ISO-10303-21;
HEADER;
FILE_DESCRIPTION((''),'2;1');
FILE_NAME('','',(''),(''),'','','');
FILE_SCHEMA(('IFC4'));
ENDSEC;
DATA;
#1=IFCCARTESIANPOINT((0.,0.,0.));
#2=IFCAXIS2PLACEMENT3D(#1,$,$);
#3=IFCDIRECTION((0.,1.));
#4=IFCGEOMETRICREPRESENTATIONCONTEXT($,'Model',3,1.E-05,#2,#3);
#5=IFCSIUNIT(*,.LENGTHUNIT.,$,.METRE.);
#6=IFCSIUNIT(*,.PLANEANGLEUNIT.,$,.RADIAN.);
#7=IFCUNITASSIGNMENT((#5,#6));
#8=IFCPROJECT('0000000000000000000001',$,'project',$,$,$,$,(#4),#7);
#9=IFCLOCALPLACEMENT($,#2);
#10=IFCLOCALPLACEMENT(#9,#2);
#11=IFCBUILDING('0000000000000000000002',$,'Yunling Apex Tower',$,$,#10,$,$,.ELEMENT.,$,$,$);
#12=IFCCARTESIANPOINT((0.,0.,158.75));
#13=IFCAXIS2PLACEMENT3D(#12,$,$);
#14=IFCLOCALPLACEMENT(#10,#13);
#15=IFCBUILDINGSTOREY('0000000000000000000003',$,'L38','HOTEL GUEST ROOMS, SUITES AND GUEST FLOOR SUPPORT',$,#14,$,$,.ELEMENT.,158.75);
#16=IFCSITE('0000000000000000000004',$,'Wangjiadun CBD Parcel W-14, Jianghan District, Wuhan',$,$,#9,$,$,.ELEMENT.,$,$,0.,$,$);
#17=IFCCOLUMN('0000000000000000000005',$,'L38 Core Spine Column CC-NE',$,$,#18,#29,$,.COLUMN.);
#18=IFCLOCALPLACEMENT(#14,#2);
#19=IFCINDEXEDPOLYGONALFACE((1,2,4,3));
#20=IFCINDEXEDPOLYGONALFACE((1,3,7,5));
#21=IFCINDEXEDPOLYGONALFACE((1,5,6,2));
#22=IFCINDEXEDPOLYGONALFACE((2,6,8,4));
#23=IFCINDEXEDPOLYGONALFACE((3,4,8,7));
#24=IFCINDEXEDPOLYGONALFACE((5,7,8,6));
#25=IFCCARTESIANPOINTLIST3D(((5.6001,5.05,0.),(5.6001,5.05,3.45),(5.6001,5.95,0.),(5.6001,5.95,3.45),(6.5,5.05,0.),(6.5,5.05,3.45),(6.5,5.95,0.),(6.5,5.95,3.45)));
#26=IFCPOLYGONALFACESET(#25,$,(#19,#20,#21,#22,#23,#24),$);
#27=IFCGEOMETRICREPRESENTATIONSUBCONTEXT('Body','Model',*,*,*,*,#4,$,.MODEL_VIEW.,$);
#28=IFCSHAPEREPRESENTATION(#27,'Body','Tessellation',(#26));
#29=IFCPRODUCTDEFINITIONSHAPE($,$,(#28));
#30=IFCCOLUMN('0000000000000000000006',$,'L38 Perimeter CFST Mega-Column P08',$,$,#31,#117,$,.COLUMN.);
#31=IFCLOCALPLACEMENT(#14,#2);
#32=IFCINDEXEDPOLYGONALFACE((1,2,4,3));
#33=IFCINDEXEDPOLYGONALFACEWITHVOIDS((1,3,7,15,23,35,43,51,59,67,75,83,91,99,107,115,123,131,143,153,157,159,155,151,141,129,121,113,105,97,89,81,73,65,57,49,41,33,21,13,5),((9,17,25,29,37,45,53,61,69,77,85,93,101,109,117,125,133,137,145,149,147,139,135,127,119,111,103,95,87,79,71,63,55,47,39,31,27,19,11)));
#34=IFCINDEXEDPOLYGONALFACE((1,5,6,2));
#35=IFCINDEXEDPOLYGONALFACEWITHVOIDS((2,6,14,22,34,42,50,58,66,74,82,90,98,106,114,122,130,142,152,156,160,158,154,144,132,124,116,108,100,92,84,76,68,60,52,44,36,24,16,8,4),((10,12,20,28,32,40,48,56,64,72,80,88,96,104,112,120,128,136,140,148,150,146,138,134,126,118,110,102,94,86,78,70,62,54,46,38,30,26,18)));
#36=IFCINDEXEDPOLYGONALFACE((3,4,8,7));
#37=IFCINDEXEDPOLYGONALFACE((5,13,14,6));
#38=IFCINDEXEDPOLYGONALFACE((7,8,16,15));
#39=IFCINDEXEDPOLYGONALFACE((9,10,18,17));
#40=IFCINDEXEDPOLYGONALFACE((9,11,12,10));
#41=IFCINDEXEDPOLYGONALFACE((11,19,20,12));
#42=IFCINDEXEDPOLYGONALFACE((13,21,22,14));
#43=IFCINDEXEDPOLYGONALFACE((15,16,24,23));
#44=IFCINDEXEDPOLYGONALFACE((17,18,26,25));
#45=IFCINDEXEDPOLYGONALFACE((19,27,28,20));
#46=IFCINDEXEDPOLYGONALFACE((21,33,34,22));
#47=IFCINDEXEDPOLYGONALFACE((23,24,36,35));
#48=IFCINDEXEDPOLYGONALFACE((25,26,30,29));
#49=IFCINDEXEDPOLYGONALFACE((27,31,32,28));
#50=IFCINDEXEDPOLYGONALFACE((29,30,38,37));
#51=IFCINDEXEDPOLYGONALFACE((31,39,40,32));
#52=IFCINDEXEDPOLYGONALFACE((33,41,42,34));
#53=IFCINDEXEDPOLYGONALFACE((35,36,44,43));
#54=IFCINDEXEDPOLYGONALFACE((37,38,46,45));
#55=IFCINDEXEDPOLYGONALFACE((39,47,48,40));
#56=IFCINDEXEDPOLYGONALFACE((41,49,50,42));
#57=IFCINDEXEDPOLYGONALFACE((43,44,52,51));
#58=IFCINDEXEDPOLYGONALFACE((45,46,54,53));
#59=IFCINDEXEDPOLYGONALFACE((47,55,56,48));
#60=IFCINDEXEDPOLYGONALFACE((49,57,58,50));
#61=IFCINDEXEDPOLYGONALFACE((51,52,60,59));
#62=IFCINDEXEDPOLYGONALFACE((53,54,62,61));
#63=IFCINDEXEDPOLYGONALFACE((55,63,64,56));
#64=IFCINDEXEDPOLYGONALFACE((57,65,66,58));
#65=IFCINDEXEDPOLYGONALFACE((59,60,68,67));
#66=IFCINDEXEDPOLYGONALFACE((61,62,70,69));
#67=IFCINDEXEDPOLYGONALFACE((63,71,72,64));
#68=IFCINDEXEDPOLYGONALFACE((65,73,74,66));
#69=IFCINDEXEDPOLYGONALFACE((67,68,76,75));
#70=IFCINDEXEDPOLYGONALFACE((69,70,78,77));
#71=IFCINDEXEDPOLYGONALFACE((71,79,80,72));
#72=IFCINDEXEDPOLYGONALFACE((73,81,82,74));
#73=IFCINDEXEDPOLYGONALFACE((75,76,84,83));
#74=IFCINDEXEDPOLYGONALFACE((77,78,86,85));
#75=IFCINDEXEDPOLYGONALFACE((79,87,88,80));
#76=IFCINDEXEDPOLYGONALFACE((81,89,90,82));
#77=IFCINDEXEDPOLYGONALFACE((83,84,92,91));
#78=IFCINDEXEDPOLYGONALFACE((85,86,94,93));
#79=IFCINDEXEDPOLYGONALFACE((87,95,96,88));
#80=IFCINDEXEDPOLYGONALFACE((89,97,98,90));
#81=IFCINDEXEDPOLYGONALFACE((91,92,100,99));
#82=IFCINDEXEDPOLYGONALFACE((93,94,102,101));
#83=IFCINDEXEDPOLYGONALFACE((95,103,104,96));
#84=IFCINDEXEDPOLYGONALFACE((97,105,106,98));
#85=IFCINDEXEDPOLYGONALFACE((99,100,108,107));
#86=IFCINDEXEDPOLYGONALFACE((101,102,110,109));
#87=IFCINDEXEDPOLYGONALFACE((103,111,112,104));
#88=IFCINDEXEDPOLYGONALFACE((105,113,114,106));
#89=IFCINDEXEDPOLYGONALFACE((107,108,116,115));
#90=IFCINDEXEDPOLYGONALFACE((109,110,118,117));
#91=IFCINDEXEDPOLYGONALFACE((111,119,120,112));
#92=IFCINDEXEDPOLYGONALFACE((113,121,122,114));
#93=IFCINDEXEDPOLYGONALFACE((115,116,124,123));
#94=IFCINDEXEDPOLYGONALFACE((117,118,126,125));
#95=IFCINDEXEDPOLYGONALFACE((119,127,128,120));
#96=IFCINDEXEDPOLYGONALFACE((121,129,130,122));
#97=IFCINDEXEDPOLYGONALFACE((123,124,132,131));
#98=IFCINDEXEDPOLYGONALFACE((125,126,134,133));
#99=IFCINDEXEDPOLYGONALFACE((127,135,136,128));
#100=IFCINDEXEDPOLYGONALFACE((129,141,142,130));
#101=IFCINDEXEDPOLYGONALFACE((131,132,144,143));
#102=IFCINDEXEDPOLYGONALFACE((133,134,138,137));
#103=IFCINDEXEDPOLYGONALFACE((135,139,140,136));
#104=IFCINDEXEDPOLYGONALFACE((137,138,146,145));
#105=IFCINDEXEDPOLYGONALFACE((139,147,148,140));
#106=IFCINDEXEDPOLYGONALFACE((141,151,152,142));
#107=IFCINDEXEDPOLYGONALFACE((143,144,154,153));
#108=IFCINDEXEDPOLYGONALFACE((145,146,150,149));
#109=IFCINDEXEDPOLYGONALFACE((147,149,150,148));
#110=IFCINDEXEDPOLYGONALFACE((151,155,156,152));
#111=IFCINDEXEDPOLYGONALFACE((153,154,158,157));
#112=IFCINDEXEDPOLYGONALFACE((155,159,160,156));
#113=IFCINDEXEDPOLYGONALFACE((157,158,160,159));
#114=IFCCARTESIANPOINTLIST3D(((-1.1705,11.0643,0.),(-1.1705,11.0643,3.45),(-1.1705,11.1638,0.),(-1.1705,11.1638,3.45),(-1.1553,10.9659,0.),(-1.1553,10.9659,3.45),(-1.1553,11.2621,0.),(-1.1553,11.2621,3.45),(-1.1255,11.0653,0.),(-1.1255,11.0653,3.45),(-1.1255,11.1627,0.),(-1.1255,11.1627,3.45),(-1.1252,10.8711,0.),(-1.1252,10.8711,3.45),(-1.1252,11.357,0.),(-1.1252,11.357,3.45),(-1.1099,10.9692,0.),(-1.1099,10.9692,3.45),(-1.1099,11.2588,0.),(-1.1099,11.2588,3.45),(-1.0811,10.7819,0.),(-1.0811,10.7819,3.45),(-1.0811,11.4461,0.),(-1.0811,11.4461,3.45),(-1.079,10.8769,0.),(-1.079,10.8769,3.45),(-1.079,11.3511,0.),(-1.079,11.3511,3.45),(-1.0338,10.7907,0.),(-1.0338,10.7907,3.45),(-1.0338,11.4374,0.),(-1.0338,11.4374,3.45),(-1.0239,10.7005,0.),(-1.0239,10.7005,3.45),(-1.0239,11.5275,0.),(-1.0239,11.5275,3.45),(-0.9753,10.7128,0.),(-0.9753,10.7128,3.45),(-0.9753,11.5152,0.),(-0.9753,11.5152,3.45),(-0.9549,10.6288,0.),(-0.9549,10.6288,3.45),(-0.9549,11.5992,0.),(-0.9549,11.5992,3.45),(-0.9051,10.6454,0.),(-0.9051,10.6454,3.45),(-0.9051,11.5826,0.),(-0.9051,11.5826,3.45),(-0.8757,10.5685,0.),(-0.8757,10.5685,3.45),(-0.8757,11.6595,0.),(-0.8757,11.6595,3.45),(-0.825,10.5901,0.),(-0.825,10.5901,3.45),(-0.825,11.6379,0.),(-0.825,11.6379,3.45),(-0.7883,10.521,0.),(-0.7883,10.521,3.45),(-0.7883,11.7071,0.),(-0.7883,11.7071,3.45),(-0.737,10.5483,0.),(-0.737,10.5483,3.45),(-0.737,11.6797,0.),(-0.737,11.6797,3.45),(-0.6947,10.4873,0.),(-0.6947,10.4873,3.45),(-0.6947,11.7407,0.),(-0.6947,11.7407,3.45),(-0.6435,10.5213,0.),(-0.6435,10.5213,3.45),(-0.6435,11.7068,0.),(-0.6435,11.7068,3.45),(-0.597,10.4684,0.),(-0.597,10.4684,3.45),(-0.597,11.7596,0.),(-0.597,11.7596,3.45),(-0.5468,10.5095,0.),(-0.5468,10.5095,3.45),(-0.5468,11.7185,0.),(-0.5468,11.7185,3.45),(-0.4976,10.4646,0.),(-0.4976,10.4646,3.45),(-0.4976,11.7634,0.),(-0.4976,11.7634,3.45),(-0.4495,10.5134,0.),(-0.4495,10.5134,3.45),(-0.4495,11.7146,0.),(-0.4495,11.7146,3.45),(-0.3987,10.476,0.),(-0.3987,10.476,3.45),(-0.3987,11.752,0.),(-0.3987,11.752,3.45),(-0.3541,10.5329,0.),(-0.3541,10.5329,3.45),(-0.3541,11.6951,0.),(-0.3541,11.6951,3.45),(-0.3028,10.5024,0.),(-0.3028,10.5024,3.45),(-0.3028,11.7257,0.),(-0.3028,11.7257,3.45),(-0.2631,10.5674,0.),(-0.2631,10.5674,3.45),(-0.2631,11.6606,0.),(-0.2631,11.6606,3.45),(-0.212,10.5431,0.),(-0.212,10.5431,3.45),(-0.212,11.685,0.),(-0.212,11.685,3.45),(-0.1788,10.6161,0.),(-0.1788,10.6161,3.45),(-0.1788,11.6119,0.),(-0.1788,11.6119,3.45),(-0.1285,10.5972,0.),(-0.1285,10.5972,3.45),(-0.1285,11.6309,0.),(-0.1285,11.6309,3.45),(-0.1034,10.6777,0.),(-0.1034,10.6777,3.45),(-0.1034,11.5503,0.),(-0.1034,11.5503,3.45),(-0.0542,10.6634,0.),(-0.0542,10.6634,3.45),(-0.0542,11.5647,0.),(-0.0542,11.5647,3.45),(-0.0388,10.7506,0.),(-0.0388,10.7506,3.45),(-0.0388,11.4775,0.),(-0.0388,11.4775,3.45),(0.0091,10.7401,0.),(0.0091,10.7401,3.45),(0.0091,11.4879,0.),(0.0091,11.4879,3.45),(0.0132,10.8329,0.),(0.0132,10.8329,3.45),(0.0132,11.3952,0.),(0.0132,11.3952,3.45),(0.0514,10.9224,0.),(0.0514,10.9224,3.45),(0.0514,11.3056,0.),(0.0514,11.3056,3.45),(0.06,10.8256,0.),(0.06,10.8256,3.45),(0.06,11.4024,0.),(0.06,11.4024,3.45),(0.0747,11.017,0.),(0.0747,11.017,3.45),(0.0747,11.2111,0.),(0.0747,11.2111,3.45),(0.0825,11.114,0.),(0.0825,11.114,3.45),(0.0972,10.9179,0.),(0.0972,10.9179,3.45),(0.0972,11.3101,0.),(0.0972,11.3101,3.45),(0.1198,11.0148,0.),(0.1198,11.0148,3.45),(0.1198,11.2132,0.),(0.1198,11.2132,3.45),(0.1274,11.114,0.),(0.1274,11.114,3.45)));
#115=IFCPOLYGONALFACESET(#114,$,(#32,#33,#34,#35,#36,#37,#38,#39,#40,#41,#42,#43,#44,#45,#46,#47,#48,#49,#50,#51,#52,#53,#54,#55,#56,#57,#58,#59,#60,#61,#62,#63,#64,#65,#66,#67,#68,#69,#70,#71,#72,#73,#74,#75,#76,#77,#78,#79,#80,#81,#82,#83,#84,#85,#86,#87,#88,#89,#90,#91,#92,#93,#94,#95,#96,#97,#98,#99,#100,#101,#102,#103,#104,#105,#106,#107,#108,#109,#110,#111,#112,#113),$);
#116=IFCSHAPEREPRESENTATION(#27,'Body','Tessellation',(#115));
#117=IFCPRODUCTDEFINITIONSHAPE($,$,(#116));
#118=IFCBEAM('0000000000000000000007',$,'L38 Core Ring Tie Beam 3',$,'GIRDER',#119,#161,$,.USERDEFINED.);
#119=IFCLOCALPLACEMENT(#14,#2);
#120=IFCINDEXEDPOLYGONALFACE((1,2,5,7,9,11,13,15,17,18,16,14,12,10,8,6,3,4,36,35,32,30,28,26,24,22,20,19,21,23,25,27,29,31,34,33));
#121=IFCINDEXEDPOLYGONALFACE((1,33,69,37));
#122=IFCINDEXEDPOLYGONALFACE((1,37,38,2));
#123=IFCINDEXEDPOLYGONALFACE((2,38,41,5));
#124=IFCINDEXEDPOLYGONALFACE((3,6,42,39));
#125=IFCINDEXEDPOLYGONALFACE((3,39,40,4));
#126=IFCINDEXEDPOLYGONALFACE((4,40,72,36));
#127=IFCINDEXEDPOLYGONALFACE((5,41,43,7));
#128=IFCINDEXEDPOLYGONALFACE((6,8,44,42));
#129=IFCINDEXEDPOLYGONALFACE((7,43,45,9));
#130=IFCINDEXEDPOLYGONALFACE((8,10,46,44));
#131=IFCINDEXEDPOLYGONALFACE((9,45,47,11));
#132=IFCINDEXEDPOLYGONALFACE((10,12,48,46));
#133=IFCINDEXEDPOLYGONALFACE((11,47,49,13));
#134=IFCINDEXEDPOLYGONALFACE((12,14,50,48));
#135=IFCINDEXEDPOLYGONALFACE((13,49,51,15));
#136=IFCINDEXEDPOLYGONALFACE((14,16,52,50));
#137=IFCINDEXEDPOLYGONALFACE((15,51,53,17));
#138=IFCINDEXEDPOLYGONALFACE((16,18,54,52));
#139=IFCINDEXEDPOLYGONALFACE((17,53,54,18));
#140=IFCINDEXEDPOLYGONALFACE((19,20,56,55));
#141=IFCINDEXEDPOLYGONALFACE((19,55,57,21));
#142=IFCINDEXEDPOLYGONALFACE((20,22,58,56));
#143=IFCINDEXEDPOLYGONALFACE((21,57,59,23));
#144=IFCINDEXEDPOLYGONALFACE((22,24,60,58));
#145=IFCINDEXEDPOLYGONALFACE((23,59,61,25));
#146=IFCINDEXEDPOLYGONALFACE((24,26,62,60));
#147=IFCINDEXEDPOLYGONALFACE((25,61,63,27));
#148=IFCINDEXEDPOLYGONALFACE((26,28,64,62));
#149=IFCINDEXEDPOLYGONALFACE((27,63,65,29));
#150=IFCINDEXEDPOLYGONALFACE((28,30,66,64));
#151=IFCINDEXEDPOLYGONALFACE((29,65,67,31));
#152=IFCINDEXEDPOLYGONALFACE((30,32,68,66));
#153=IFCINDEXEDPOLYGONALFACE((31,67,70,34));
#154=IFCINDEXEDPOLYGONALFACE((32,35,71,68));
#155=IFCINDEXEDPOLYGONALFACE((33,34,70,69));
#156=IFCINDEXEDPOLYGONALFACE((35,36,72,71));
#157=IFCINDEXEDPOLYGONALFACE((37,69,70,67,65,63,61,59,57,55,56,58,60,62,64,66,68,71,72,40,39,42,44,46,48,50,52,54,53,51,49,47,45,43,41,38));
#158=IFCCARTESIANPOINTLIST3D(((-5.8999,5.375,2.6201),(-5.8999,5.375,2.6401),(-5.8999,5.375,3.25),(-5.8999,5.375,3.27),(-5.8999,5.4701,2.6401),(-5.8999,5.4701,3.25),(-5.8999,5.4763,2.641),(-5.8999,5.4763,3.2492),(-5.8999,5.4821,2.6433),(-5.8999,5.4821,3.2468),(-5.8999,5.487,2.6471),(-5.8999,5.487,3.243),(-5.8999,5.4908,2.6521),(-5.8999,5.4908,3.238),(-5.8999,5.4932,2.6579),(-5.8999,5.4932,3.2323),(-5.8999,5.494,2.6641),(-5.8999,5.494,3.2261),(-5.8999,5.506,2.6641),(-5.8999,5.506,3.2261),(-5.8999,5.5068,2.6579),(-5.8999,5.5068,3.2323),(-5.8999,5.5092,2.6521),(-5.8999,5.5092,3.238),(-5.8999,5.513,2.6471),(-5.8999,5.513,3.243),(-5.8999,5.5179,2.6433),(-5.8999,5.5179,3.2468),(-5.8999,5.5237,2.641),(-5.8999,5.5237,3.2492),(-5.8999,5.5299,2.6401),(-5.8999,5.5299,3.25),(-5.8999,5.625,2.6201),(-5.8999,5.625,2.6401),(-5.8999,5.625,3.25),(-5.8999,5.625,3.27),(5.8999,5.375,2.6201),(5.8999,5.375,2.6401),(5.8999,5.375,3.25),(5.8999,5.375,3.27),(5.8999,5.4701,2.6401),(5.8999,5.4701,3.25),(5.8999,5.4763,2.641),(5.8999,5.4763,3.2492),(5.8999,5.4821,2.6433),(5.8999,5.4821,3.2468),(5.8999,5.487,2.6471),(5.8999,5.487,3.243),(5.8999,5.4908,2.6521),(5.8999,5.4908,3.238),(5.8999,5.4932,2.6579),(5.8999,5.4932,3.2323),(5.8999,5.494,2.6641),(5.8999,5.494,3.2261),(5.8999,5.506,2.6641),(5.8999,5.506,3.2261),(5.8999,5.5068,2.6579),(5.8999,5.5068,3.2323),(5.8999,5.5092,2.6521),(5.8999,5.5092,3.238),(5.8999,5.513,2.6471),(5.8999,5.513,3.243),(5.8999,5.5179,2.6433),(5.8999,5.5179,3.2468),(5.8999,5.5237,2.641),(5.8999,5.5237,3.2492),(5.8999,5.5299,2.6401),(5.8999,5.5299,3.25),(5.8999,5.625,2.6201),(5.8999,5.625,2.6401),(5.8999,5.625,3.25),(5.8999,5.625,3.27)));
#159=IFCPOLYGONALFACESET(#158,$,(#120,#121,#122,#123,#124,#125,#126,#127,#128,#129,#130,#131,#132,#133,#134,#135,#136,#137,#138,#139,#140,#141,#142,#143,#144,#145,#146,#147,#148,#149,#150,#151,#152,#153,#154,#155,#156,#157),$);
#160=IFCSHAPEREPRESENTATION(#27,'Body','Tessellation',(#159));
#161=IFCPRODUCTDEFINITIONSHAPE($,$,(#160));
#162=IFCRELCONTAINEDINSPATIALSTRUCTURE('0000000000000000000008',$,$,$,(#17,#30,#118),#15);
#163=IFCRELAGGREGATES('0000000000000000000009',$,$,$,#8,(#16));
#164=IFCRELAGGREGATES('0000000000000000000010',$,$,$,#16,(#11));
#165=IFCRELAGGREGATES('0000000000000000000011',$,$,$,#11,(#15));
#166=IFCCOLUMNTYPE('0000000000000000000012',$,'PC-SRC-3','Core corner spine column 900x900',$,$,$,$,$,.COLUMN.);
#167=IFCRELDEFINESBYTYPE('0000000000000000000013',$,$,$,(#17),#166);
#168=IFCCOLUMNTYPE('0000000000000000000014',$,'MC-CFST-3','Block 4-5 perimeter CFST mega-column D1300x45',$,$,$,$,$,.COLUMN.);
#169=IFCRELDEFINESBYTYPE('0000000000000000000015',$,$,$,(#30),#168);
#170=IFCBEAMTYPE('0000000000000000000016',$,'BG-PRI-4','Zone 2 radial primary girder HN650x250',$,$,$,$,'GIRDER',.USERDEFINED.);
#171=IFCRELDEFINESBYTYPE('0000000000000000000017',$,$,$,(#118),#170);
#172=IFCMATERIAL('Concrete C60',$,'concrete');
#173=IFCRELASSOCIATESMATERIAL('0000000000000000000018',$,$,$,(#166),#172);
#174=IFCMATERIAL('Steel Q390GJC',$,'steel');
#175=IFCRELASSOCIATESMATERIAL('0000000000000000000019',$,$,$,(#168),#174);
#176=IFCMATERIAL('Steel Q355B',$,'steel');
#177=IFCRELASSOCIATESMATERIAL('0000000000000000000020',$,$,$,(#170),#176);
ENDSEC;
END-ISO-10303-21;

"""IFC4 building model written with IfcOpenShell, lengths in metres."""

from ifc_helpers import new_model, si_unit, direction, frame, origin, origin_2d, place, context, subcontext, project, spatial, rectangle, hollow_circle, i_section, extrude, source, transform, mapped, material, material_profile, profile_set, type_object, element, save


model = new_model("IFC4")

# Units and contexts
model_context = context("Model", 3, precision=1e-05, world=origin(), true_north=direction((0.0, 1.0)))
body_context = subcontext(model_context, "Body", "Model", "MODEL_VIEW")
ifc_project = project(units=[si_unit("LENGTHUNIT", "METRE"), si_unit("PLANEANGLEUNIT", "RADIAN")], contexts=[model_context])

# Site, building, storey
site_placement = place(None, origin())
site = spatial("IfcSite", under=ifc_project, at=site_placement, Name="Wangjiadun CBD Parcel W-14, Jianghan District, Wuhan", CompositionType="ELEMENT", RefElevation=0.0)
building_placement = place(site_placement, origin())
building = spatial("IfcBuilding", under=site, at=building_placement, Name="Yunling Apex Tower", CompositionType="ELEMENT")
storey_placement = place(building_placement, frame((0.0, 0.0, 158.75)))
storey = spatial("IfcBuildingStorey", under=building, at=storey_placement, Name="L38", Description="HOTEL GUEST ROOMS, SUITES AND GUEST FLOOR SUPPORT", CompositionType="ELEMENT", Elevation=158.75)

# Columns
ifc_material_1 = material(Name="Concrete C60", Category="concrete")
ifc_material_profile_1 = material_profile(ifc_material_1, rectangle(XDim=0.8999, YDim=0.8999, at=origin_2d()))
ifc_profile_set_1 = profile_set([ifc_material_profile_1], Name="Concrete C60")
column_type_1 = type_object("IfcColumnType", Name="PC-SRC-3", Description="Core corner spine column 900x900", PredefinedType="COLUMN", material=ifc_profile_set_1)
shared_shape_1 = source(origin(), body_context, "Body", "SweptSolid", [
    extrude(rectangle(XDim=0.8999, YDim=0.8999, at=origin_2d()), origin(), (0.0, 0.0, 1.0), 3.45),
])
column_1_placement = place(storey_placement, frame((6.05, 5.5, 0.0), z_axis=(0.0, 0.0, 1.0), x_axis=(1.0, 0.0, 0.0)))
element("IfcColumn", 1, at=column_1_placement, inside=storey, type_object=column_type_1, Name="L38 Core Spine Column CC-NE", PredefinedType="COLUMN", context=body_context, shape_type="MappedRepresentation", body=[
    mapped(shared_shape_1, transform((0.0, 0.0, 0.0), scale=1.0)),
])
ifc_material_2 = material(Name="Steel Q390GJC", Category="steel")
ifc_material_profile_2 = material_profile(ifc_material_2, hollow_circle(Radius=0.6499, WallThickness=0.0449, at=origin_2d()))
ifc_profile_set_2 = profile_set([ifc_material_profile_2], Name="Steel Q390GJC")
column_type_2 = type_object("IfcColumnType", Name="MC-CFST-3", Description="Block 4-5 perimeter CFST mega-column D1300x45", PredefinedType="COLUMN", material=ifc_profile_set_2)
shared_shape_2 = source(origin(), body_context, "Body", "SweptSolid", [
    extrude(hollow_circle(Radius=0.6499, WallThickness=0.0449, at=origin_2d()), origin(), (0.0, 0.0, 1.0), 3.45),
])
column_2_placement = place(storey_placement, frame((-0.5225, 11.114, 0.0), z_axis=(0.0, 0.0, 1.0), x_axis=(1.0, 0.0, 0.0)))
element("IfcColumn", 2, at=column_2_placement, inside=storey, type_object=column_type_2, Name="L38 Perimeter CFST Mega-Column P08", PredefinedType="COLUMN", context=body_context, shape_type="MappedRepresentation", body=[
    mapped(shared_shape_2, transform((0.0, 0.0, 0.0), scale=1.0)),
])

# Beam
ifc_material_3 = material(Name="Steel Q355B", Category="steel")
ifc_material_profile_3 = material_profile(ifc_material_3, i_section(OverallWidth=0.25, OverallDepth=0.6499, WebThickness=0.012, FlangeThickness=0.02, FilletRadius=0.0239, at=origin_2d()))
ifc_profile_set_3 = profile_set([ifc_material_profile_3], Name="Steel Q355B")
beam_type_1 = type_object("IfcBeamType", Name="BG-PRI-4", Description="Zone 2 radial primary girder HN650x250", ElementType="GIRDER", PredefinedType="USERDEFINED", material=ifc_profile_set_3)
shared_shape_3 = source(origin(), body_context, "Body", "SweptSolid", [
    extrude(i_section(OverallWidth=0.25, OverallDepth=0.6499, WebThickness=0.012, FlangeThickness=0.02, FilletRadius=0.0239, at=origin_2d()), origin(), (0.0, 0.0, 1.0), 11.7998),
])
beam_1_placement = place(storey_placement, frame((5.8999, 5.5, 2.9451), z_axis=(-1.0, 0.0, 0.0), x_axis=(0.0, -1.0, 0.0)))
element("IfcBeam", 3, at=beam_1_placement, inside=storey, type_object=beam_type_1, Name="L38 Core Ring Tie Beam 3", ObjectType="GIRDER", PredefinedType="USERDEFINED", context=body_context, shape_type="MappedRepresentation", body=[
    mapped(shared_shape_3, transform((0.0, 0.0, 0.0), scale=1.0)),
])

save(model, "model.ifc")
